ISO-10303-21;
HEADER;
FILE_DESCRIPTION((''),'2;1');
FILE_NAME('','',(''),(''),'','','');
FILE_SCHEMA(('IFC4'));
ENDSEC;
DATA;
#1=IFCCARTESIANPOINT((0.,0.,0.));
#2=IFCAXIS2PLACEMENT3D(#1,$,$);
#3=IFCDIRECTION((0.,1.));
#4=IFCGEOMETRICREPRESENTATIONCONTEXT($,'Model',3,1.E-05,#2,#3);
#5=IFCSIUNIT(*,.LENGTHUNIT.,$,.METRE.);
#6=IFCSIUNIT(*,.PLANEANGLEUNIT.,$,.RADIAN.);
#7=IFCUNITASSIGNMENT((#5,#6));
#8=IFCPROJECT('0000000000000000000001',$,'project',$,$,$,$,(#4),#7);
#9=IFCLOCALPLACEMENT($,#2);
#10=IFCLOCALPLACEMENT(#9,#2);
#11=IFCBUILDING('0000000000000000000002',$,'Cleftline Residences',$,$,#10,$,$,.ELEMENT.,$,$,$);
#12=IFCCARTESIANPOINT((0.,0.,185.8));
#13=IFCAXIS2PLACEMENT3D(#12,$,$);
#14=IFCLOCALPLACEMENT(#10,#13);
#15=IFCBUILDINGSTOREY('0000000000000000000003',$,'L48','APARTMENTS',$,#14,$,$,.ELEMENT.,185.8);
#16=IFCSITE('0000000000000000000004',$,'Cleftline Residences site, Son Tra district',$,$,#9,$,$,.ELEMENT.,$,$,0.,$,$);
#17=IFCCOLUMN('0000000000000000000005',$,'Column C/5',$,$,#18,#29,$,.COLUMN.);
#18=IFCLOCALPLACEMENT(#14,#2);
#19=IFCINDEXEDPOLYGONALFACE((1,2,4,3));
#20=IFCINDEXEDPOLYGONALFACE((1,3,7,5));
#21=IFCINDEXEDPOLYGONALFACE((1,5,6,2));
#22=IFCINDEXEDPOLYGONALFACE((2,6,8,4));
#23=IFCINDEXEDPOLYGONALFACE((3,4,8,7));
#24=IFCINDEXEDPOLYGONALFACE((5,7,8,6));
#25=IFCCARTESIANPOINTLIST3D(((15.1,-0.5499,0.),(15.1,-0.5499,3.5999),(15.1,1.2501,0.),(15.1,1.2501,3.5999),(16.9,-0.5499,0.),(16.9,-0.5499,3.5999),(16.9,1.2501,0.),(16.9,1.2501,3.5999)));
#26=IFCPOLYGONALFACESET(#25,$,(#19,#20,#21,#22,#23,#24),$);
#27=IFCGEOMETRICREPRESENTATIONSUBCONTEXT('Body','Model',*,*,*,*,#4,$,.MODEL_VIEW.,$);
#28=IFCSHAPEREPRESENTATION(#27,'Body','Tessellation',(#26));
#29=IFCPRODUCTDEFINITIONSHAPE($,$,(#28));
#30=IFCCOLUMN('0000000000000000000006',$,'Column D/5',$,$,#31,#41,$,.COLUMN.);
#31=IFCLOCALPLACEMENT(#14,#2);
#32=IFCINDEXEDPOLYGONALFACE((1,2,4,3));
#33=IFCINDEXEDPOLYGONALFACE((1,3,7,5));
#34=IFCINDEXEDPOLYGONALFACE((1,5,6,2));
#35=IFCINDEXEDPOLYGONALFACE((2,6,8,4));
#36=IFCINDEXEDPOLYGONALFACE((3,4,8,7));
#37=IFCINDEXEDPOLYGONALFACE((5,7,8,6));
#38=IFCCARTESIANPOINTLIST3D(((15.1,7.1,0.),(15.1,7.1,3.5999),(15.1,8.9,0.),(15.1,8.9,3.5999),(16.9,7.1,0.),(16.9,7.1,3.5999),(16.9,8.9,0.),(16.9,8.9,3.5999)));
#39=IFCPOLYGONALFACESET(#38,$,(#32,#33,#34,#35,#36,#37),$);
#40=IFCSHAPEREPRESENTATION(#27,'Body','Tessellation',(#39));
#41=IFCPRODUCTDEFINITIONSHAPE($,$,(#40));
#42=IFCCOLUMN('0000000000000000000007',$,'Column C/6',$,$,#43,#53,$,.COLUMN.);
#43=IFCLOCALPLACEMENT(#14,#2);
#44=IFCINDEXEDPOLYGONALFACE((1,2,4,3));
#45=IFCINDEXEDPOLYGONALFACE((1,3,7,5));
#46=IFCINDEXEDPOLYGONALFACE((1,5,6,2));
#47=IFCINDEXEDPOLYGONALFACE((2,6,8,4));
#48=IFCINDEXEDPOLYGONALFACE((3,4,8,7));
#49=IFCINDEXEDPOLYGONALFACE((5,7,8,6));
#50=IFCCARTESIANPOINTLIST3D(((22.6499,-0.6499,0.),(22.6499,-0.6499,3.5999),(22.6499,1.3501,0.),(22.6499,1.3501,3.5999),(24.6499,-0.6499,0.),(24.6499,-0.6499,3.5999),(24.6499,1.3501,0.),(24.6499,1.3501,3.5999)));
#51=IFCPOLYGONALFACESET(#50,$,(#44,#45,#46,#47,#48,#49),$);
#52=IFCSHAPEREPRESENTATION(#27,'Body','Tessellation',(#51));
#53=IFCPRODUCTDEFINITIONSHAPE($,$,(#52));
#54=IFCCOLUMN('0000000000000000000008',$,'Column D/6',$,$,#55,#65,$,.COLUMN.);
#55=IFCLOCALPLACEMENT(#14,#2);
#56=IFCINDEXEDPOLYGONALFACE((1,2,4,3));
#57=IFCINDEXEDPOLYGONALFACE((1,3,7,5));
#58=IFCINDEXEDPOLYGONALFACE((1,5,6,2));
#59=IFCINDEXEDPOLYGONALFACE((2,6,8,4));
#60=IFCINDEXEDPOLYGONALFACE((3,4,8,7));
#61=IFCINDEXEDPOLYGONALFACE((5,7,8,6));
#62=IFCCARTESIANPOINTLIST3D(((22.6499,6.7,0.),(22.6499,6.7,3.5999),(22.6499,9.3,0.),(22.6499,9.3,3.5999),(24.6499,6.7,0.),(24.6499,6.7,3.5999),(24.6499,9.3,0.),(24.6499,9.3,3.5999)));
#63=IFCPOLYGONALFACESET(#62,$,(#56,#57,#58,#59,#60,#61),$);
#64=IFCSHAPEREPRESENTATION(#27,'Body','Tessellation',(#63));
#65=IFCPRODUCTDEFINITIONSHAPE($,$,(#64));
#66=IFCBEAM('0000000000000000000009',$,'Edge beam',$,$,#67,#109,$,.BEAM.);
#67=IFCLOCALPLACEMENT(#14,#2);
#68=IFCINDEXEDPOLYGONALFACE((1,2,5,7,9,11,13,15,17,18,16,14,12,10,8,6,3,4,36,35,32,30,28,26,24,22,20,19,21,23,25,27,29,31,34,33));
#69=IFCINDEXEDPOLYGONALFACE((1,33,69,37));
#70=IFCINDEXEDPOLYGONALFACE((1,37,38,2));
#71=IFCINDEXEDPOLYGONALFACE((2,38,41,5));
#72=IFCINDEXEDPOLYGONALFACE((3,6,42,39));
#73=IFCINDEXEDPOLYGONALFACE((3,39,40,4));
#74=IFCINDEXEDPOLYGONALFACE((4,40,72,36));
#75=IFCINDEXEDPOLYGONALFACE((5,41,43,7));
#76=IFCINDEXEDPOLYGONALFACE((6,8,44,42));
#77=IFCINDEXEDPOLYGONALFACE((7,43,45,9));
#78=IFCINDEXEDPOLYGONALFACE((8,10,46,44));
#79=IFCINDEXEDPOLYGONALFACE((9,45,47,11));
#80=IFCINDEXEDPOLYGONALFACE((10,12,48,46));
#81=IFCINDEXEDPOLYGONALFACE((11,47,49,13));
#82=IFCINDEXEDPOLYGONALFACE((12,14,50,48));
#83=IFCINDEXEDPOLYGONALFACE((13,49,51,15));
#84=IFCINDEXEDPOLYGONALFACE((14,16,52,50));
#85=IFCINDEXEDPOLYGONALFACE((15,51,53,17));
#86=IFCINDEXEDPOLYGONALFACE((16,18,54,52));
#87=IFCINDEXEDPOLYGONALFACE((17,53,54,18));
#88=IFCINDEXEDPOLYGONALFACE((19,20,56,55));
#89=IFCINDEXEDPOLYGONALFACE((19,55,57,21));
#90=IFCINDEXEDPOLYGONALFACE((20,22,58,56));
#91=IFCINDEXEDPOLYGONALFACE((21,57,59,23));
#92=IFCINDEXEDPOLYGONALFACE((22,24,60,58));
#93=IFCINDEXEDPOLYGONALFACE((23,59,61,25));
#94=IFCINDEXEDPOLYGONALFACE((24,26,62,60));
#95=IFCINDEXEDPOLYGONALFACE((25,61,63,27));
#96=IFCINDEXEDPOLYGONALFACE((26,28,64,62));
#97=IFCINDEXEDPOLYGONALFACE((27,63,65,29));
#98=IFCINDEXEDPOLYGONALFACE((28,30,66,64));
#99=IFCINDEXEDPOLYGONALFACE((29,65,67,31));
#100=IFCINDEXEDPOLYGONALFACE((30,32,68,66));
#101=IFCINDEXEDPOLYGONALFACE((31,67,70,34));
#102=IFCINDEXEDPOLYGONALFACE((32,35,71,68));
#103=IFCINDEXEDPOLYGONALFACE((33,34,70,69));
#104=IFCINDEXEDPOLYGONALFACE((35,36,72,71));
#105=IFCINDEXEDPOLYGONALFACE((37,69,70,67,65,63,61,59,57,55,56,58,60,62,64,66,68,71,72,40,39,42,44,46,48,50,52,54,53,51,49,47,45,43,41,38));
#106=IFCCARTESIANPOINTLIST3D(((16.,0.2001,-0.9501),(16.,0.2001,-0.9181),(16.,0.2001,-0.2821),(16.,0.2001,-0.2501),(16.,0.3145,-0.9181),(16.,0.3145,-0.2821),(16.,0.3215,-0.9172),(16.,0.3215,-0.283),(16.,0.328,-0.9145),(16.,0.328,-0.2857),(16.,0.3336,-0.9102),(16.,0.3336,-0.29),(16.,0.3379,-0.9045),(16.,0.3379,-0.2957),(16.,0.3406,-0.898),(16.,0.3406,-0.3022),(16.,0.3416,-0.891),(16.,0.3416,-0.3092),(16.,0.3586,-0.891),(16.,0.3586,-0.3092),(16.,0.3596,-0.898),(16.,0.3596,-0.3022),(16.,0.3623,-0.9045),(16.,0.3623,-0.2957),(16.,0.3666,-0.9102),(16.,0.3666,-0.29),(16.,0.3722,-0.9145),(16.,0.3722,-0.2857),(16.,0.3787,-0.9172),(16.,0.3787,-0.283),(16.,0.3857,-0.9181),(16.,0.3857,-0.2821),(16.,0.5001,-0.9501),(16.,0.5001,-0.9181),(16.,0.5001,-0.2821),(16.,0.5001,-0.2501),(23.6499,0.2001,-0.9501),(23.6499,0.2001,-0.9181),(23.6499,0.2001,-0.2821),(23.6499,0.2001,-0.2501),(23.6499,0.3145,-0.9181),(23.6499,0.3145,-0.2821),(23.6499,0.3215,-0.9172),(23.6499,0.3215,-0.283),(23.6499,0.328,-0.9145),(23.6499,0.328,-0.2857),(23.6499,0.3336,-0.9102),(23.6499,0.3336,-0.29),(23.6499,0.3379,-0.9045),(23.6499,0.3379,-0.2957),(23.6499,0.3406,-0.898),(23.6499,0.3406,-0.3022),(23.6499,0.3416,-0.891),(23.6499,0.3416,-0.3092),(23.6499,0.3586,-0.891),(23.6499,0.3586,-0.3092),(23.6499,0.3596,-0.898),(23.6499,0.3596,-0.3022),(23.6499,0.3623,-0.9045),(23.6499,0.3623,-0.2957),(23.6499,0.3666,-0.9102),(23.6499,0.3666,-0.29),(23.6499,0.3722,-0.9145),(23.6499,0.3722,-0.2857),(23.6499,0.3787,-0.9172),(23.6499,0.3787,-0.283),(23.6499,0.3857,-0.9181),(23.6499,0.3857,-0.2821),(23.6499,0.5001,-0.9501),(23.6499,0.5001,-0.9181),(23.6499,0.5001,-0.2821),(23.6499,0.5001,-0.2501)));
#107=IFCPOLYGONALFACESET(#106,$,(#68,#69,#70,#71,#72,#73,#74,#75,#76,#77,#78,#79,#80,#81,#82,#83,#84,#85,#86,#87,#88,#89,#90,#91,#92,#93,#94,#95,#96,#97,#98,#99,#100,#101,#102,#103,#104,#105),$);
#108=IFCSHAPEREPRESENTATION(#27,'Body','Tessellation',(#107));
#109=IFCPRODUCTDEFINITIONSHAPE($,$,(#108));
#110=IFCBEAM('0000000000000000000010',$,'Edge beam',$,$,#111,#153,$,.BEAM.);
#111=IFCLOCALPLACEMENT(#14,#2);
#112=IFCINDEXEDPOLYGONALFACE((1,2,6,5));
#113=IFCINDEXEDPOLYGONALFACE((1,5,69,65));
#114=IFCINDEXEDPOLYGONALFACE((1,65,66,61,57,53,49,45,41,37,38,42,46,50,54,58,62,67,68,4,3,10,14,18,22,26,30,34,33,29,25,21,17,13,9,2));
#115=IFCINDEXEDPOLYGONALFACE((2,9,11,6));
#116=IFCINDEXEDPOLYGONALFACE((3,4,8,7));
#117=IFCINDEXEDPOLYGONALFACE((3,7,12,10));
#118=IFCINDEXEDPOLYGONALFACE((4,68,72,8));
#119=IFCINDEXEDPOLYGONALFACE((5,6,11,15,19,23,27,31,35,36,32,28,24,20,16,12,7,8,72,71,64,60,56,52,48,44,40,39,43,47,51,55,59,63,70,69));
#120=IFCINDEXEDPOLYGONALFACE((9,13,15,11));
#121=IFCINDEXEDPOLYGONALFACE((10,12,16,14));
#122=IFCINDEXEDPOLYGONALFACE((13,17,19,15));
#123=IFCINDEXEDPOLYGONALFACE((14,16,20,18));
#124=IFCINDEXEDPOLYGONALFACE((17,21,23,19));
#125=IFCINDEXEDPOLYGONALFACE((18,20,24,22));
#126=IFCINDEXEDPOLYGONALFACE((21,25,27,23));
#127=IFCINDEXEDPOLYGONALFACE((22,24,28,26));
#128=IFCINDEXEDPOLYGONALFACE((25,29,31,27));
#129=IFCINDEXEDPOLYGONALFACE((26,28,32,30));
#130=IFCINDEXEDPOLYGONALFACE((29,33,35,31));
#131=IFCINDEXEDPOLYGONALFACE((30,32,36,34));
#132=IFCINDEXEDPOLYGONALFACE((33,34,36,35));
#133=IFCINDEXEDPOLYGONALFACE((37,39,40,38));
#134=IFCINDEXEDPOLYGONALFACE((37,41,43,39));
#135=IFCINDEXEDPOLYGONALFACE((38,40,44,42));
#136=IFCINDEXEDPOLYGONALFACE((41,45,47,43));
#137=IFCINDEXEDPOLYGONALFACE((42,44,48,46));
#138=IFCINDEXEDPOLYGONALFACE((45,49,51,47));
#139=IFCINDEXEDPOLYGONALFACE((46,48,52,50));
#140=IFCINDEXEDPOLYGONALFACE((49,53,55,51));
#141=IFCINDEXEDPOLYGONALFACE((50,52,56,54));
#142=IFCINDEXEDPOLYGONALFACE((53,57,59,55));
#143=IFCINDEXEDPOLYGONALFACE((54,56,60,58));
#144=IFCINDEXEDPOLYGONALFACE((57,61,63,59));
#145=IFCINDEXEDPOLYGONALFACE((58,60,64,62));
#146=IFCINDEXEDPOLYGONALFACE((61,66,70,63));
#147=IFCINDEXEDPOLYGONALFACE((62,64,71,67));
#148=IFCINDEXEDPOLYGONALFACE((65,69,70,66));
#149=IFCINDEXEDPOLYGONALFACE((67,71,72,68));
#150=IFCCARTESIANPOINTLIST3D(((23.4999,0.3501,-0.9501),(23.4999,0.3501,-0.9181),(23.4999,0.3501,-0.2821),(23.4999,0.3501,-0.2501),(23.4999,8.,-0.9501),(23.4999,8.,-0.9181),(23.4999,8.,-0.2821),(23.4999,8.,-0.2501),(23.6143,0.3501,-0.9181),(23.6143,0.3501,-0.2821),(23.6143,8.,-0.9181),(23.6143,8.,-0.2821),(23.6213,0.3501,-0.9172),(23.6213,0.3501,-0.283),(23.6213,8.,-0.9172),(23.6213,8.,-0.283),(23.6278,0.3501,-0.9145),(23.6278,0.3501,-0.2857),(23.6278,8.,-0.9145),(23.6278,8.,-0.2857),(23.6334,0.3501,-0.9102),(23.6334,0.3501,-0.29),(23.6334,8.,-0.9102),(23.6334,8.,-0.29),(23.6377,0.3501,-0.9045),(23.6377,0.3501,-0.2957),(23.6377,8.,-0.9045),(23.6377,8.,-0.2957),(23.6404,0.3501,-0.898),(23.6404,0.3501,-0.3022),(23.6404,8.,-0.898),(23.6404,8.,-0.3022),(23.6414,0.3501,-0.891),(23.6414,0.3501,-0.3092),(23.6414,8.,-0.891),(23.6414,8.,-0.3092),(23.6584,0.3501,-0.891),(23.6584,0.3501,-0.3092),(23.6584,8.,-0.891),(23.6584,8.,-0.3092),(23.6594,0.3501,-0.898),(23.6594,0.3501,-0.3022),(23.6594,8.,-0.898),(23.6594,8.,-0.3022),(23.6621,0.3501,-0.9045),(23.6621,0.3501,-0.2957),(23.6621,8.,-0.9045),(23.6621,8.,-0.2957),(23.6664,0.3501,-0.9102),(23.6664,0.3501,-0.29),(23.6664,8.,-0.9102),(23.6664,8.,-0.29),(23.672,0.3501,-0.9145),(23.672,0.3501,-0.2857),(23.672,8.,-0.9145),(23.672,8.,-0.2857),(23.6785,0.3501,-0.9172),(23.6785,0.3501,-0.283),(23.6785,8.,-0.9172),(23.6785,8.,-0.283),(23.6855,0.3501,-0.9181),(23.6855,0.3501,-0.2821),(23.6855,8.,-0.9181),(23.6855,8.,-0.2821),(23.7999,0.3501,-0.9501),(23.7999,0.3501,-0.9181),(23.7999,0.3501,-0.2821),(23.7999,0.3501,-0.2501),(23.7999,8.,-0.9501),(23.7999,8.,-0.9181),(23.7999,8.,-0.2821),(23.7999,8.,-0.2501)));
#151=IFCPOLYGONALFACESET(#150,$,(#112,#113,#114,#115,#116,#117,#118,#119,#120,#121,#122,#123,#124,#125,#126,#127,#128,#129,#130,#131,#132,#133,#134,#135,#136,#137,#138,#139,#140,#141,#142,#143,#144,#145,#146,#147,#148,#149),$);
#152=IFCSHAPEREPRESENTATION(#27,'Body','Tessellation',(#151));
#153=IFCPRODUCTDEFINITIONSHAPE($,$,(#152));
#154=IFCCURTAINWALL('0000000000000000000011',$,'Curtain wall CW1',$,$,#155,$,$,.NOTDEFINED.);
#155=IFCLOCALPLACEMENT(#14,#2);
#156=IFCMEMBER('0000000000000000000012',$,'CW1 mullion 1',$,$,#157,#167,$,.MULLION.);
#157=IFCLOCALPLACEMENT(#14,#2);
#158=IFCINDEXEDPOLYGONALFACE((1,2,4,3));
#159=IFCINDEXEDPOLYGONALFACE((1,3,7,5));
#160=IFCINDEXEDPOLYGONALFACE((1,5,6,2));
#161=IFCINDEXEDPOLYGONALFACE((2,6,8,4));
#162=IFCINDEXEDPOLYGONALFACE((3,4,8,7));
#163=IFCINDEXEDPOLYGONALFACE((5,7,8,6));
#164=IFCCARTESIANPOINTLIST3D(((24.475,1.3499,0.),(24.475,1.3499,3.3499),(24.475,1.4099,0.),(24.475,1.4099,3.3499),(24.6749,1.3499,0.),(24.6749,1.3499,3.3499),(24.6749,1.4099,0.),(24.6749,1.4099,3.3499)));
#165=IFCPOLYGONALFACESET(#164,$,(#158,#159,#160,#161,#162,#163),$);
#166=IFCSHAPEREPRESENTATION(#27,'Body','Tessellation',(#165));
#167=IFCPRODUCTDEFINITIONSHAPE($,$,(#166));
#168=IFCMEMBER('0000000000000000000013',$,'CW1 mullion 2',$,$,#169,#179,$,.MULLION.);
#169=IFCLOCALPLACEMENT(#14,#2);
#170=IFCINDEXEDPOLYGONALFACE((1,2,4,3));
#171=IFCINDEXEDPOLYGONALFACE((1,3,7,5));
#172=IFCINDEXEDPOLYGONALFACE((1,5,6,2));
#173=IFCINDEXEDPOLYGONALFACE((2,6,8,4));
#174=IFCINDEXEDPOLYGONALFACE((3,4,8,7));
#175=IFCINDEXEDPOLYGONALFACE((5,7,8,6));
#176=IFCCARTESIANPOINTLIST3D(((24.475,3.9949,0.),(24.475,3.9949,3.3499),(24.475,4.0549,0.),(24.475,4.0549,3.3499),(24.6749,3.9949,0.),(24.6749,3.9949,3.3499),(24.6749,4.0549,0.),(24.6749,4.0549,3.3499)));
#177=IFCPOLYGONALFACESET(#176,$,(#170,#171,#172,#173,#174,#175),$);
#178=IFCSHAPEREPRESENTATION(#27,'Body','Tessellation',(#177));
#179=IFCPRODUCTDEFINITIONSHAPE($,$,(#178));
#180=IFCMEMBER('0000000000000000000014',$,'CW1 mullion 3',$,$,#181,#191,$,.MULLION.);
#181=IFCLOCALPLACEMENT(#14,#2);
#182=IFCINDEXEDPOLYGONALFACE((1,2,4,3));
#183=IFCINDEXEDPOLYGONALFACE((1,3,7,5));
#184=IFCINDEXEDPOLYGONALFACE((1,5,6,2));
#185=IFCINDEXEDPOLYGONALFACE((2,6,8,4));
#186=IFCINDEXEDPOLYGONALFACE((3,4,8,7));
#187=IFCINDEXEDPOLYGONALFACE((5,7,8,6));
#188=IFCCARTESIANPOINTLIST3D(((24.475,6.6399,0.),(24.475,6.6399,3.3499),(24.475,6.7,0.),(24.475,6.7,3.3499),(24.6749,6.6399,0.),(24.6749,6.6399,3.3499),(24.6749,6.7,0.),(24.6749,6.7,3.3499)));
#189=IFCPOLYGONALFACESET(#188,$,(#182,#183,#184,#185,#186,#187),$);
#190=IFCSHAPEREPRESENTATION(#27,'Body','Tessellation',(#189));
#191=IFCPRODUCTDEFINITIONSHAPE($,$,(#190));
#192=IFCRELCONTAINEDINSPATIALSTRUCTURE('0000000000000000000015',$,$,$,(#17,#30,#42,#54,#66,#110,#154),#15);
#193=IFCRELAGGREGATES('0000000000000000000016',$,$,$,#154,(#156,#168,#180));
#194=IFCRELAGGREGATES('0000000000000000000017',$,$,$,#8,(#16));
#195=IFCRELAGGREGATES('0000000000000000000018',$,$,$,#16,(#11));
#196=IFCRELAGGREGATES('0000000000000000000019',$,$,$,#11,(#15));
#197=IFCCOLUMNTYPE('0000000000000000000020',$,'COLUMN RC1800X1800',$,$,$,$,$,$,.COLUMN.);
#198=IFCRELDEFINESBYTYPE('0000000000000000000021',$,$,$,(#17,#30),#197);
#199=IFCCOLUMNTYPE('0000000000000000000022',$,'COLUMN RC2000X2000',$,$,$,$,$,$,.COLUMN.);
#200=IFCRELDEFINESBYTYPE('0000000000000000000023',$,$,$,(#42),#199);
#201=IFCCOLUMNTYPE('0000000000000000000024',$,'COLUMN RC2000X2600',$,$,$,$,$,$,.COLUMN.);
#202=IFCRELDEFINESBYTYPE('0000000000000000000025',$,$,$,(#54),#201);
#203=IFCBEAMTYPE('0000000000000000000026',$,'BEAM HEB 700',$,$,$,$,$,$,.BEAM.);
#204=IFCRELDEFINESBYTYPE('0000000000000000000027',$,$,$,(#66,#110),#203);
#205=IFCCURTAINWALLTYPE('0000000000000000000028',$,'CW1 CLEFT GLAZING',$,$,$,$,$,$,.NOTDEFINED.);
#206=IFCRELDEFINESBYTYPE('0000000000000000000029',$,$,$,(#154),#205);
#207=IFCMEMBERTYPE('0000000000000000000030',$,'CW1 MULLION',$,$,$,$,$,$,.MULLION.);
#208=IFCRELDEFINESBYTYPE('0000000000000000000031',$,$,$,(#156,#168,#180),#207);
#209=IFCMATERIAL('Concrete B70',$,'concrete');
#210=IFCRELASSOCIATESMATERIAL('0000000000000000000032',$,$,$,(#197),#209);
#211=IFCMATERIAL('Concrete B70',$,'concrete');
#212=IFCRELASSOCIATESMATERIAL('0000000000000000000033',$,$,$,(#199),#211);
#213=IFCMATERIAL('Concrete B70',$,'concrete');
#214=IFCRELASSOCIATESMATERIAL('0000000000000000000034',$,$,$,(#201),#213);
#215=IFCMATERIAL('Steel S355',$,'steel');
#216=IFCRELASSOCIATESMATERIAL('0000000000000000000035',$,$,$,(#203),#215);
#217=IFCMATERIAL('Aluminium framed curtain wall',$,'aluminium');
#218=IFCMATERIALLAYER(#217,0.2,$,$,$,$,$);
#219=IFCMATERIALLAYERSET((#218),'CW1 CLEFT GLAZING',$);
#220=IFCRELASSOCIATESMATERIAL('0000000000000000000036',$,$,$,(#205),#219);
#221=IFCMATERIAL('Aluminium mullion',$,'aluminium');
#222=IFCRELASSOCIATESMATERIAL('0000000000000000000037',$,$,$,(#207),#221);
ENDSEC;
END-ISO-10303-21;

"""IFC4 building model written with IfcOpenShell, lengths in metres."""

from ifc_helpers import new_model, si_unit, direction, frame, origin, origin_2d, place, context, subcontext, project, spatial, rectangle, i_section, extrude, material, layer, layer_set, material_profile, profile_set, type_object, element, aggregate, save


model = new_model("IFC4")

# Units and contexts
model_context = context("Model", 3, precision=1e-05, world=origin(), true_north=direction((0.0, 1.0)))
body_context = subcontext(model_context, "Body", "Model", "MODEL_VIEW")
ifc_project = project(units=[si_unit("LENGTHUNIT", "METRE"), si_unit("PLANEANGLEUNIT", "RADIAN")], contexts=[model_context])

# Site, building, storey
site_placement = place(None, origin())
site = spatial("IfcSite", under=ifc_project, at=site_placement, Name="Cleftline Residences site, Son Tra district", CompositionType="ELEMENT", RefElevation=0.0)
building_placement = place(site_placement, origin())
building = spatial("IfcBuilding", under=site, at=building_placement, Name="Cleftline Residences", CompositionType="ELEMENT")
storey_placement = place(building_placement, frame((0.0, 0.0, 185.8)))
storey = spatial("IfcBuildingStorey", under=building, at=storey_placement, Name="L48", Description="APARTMENTS", CompositionType="ELEMENT", Elevation=185.8)

# Columns
ifc_material_1 = material(Name="Concrete B70", Category="concrete")
ifc_material_profile_1 = material_profile(ifc_material_1, rectangle(XDim=1.8, YDim=1.8, at=origin_2d()))
ifc_profile_set_1 = profile_set([ifc_material_profile_1], Name="Concrete B70")
column_type_1 = type_object("IfcColumnType", Name="COLUMN RC1800X1800", PredefinedType="COLUMN", material=ifc_profile_set_1)
for number, where, z_axis, x_axis, name in (
    (1, (16.0, 0.3501, 0.0), (0.0, 0.0, 1.0), (1.0, 0.0, 0.0), "Column C/5"),
    (2, (16.0, 8.0, 0.0), (0.0, 0.0, 1.0), (1.0, 0.0, 0.0), "Column D/5"),
):
    element("IfcColumn", number, at=place(storey_placement, frame(where, z_axis=z_axis, x_axis=x_axis)), inside=storey, type_object=column_type_1, Name=name, PredefinedType="COLUMN", context=body_context, shape_type="SweptSolid", body=[
        extrude(rectangle(XDim=1.8, YDim=1.8, at=origin_2d()), origin(), (0.0, 0.0, 1.0), 3.5999),
    ])
ifc_material_2 = material(Name="Concrete B70", Category="concrete")
ifc_material_profile_2 = material_profile(ifc_material_2, rectangle(XDim=2.0, YDim=2.0, at=origin_2d()))
ifc_profile_set_2 = profile_set([ifc_material_profile_2], Name="Concrete B70")
column_type_2 = type_object("IfcColumnType", Name="COLUMN RC2000X2000", PredefinedType="COLUMN", material=ifc_profile_set_2)
column_1_placement = place(storey_placement, frame((23.6499, 0.3501, 0.0), z_axis=(0.0, 0.0, 1.0), x_axis=(1.0, 0.0, 0.0)))
element("IfcColumn", 3, at=column_1_placement, inside=storey, type_object=column_type_2, Name="Column C/6", PredefinedType="COLUMN", context=body_context, shape_type="SweptSolid", body=[
    extrude(rectangle(XDim=2.0, YDim=2.0, at=origin_2d()), origin(), (0.0, 0.0, 1.0), 3.5999),
])
ifc_material_3 = material(Name="Concrete B70", Category="concrete")
ifc_material_profile_3 = material_profile(ifc_material_3, rectangle(XDim=2.0, YDim=2.6001, at=origin_2d()))
ifc_profile_set_3 = profile_set([ifc_material_profile_3], Name="Concrete B70")
column_type_3 = type_object("IfcColumnType", Name="COLUMN RC2000X2600", PredefinedType="COLUMN", material=ifc_profile_set_3)
column_2_placement = place(storey_placement, frame((23.6499, 8.0, 0.0), z_axis=(0.0, 0.0, 1.0), x_axis=(1.0, 0.0, 0.0)))
element("IfcColumn", 4, at=column_2_placement, inside=storey, type_object=column_type_3, Name="Column D/6", PredefinedType="COLUMN", context=body_context, shape_type="SweptSolid", body=[
    extrude(rectangle(XDim=2.0, YDim=2.6001, at=origin_2d()), origin(), (0.0, 0.0, 1.0), 3.5999),
])

# Beams
ifc_material_4 = material(Name="Steel S355", Category="steel")
ifc_material_profile_4 = material_profile(ifc_material_4, i_section(OverallWidth=0.3, OverallDepth=0.7, WebThickness=0.0171, FlangeThickness=0.032, FilletRadius=0.0271, at=origin_2d()))
ifc_profile_set_4 = profile_set([ifc_material_profile_4], Name="Steel S355")
beam_type = type_object("IfcBeamType", Name="BEAM HEB 700", PredefinedType="BEAM", material=ifc_profile_set_4)
for number, where, z_axis, x_axis, name in (
    (5, (16.0, 0.3501, -0.6001), (1.0, 0.0, 0.0), (0.0, 1.0, 0.0), "Edge beam"),
    (6, (23.6499, 0.3501, -0.6001), (0.0, 1.0, 0.0), (-1.0, 0.0, 0.0), "Edge beam"),
):
    element("IfcBeam", number, at=place(storey_placement, frame(where, z_axis=z_axis, x_axis=x_axis)), inside=storey, type_object=beam_type, Name=name, PredefinedType="BEAM", context=body_context, shape_type="SweptSolid", body=[
        extrude(i_section(OverallWidth=0.3, OverallDepth=0.7, WebThickness=0.0171, FlangeThickness=0.032, FilletRadius=0.0271, at=origin_2d()), origin(), (0.0, 0.0, 1.0), 7.6499),
    ])

# Curtain wall, members
ifc_material_5 = material(Name="Aluminium framed curtain wall", Category="aluminium")
ifc_layer_1 = layer(ifc_material_5, 0.2)
ifc_layer_set_1 = layer_set([ifc_layer_1], Name="CW1 CLEFT GLAZING")
curtain_wall_type = type_object("IfcCurtainWallType", Name="CW1 CLEFT GLAZING", PredefinedType="NOTDEFINED", material=ifc_layer_set_1)
curtain_wall_1_placement = place(storey_placement, origin())
curtain_wall_1 = element("IfcCurtainWall", 7, at=curtain_wall_1_placement, inside=storey, type_object=curtain_wall_type, Name="Curtain wall CW1", PredefinedType="NOTDEFINED")
ifc_material_6 = material(Name="Aluminium mullion", Category="aluminium")
ifc_material_profile_5 = material_profile(ifc_material_6, rectangle(XDim=0.2, YDim=0.0601, at=origin_2d()))
ifc_profile_set_5 = profile_set([ifc_material_profile_5], Name="Aluminium mullion")
member_type_1 = type_object("IfcMemberType", Name="CW1 MULLION", PredefinedType="MULLION", material=ifc_profile_set_5)
member_1_placement = place(storey_placement, frame((24.575, 1.3799, 0.0), z_axis=(0.0, 0.0, 1.0), x_axis=(-1.0, 0.0, 0.0)))
member_1 = element("IfcMember", 8, at=member_1_placement, type_object=member_type_1, Name="CW1 mullion 1", PredefinedType="MULLION", context=body_context, shape_type="SweptSolid", body=[
    extrude(rectangle(XDim=0.2, YDim=0.0601, at=origin_2d()), origin(), (0.0, 0.0, 1.0), 3.3499),
])
member_2_placement = place(storey_placement, frame((24.575, 4.0249, 0.0), z_axis=(0.0, 0.0, 1.0), x_axis=(-1.0, 0.0, 0.0)))
member_2 = element("IfcMember", 9, at=member_2_placement, type_object=member_type_1, Name="CW1 mullion 2", PredefinedType="MULLION", context=body_context, shape_type="SweptSolid", body=[
    extrude(rectangle(XDim=0.2, YDim=0.0601, at=origin_2d()), origin(), (0.0, 0.0, 1.0), 3.3499),
])
member_3_placement = place(storey_placement, frame((24.575, 6.6699, 0.0), z_axis=(0.0, 0.0, 1.0), x_axis=(-1.0, 0.0, 0.0)))
member_3 = element("IfcMember", 10, at=member_3_placement, type_object=member_type_1, Name="CW1 mullion 3", PredefinedType="MULLION", context=body_context, shape_type="SweptSolid", body=[
    extrude(rectangle(XDim=0.2, YDim=0.0601, at=origin_2d()), origin(), (0.0, 0.0, 1.0), 3.3499),
])

aggregate(curtain_wall_1, [member_1, member_2, member_3])

save(model, "model.ifc")
